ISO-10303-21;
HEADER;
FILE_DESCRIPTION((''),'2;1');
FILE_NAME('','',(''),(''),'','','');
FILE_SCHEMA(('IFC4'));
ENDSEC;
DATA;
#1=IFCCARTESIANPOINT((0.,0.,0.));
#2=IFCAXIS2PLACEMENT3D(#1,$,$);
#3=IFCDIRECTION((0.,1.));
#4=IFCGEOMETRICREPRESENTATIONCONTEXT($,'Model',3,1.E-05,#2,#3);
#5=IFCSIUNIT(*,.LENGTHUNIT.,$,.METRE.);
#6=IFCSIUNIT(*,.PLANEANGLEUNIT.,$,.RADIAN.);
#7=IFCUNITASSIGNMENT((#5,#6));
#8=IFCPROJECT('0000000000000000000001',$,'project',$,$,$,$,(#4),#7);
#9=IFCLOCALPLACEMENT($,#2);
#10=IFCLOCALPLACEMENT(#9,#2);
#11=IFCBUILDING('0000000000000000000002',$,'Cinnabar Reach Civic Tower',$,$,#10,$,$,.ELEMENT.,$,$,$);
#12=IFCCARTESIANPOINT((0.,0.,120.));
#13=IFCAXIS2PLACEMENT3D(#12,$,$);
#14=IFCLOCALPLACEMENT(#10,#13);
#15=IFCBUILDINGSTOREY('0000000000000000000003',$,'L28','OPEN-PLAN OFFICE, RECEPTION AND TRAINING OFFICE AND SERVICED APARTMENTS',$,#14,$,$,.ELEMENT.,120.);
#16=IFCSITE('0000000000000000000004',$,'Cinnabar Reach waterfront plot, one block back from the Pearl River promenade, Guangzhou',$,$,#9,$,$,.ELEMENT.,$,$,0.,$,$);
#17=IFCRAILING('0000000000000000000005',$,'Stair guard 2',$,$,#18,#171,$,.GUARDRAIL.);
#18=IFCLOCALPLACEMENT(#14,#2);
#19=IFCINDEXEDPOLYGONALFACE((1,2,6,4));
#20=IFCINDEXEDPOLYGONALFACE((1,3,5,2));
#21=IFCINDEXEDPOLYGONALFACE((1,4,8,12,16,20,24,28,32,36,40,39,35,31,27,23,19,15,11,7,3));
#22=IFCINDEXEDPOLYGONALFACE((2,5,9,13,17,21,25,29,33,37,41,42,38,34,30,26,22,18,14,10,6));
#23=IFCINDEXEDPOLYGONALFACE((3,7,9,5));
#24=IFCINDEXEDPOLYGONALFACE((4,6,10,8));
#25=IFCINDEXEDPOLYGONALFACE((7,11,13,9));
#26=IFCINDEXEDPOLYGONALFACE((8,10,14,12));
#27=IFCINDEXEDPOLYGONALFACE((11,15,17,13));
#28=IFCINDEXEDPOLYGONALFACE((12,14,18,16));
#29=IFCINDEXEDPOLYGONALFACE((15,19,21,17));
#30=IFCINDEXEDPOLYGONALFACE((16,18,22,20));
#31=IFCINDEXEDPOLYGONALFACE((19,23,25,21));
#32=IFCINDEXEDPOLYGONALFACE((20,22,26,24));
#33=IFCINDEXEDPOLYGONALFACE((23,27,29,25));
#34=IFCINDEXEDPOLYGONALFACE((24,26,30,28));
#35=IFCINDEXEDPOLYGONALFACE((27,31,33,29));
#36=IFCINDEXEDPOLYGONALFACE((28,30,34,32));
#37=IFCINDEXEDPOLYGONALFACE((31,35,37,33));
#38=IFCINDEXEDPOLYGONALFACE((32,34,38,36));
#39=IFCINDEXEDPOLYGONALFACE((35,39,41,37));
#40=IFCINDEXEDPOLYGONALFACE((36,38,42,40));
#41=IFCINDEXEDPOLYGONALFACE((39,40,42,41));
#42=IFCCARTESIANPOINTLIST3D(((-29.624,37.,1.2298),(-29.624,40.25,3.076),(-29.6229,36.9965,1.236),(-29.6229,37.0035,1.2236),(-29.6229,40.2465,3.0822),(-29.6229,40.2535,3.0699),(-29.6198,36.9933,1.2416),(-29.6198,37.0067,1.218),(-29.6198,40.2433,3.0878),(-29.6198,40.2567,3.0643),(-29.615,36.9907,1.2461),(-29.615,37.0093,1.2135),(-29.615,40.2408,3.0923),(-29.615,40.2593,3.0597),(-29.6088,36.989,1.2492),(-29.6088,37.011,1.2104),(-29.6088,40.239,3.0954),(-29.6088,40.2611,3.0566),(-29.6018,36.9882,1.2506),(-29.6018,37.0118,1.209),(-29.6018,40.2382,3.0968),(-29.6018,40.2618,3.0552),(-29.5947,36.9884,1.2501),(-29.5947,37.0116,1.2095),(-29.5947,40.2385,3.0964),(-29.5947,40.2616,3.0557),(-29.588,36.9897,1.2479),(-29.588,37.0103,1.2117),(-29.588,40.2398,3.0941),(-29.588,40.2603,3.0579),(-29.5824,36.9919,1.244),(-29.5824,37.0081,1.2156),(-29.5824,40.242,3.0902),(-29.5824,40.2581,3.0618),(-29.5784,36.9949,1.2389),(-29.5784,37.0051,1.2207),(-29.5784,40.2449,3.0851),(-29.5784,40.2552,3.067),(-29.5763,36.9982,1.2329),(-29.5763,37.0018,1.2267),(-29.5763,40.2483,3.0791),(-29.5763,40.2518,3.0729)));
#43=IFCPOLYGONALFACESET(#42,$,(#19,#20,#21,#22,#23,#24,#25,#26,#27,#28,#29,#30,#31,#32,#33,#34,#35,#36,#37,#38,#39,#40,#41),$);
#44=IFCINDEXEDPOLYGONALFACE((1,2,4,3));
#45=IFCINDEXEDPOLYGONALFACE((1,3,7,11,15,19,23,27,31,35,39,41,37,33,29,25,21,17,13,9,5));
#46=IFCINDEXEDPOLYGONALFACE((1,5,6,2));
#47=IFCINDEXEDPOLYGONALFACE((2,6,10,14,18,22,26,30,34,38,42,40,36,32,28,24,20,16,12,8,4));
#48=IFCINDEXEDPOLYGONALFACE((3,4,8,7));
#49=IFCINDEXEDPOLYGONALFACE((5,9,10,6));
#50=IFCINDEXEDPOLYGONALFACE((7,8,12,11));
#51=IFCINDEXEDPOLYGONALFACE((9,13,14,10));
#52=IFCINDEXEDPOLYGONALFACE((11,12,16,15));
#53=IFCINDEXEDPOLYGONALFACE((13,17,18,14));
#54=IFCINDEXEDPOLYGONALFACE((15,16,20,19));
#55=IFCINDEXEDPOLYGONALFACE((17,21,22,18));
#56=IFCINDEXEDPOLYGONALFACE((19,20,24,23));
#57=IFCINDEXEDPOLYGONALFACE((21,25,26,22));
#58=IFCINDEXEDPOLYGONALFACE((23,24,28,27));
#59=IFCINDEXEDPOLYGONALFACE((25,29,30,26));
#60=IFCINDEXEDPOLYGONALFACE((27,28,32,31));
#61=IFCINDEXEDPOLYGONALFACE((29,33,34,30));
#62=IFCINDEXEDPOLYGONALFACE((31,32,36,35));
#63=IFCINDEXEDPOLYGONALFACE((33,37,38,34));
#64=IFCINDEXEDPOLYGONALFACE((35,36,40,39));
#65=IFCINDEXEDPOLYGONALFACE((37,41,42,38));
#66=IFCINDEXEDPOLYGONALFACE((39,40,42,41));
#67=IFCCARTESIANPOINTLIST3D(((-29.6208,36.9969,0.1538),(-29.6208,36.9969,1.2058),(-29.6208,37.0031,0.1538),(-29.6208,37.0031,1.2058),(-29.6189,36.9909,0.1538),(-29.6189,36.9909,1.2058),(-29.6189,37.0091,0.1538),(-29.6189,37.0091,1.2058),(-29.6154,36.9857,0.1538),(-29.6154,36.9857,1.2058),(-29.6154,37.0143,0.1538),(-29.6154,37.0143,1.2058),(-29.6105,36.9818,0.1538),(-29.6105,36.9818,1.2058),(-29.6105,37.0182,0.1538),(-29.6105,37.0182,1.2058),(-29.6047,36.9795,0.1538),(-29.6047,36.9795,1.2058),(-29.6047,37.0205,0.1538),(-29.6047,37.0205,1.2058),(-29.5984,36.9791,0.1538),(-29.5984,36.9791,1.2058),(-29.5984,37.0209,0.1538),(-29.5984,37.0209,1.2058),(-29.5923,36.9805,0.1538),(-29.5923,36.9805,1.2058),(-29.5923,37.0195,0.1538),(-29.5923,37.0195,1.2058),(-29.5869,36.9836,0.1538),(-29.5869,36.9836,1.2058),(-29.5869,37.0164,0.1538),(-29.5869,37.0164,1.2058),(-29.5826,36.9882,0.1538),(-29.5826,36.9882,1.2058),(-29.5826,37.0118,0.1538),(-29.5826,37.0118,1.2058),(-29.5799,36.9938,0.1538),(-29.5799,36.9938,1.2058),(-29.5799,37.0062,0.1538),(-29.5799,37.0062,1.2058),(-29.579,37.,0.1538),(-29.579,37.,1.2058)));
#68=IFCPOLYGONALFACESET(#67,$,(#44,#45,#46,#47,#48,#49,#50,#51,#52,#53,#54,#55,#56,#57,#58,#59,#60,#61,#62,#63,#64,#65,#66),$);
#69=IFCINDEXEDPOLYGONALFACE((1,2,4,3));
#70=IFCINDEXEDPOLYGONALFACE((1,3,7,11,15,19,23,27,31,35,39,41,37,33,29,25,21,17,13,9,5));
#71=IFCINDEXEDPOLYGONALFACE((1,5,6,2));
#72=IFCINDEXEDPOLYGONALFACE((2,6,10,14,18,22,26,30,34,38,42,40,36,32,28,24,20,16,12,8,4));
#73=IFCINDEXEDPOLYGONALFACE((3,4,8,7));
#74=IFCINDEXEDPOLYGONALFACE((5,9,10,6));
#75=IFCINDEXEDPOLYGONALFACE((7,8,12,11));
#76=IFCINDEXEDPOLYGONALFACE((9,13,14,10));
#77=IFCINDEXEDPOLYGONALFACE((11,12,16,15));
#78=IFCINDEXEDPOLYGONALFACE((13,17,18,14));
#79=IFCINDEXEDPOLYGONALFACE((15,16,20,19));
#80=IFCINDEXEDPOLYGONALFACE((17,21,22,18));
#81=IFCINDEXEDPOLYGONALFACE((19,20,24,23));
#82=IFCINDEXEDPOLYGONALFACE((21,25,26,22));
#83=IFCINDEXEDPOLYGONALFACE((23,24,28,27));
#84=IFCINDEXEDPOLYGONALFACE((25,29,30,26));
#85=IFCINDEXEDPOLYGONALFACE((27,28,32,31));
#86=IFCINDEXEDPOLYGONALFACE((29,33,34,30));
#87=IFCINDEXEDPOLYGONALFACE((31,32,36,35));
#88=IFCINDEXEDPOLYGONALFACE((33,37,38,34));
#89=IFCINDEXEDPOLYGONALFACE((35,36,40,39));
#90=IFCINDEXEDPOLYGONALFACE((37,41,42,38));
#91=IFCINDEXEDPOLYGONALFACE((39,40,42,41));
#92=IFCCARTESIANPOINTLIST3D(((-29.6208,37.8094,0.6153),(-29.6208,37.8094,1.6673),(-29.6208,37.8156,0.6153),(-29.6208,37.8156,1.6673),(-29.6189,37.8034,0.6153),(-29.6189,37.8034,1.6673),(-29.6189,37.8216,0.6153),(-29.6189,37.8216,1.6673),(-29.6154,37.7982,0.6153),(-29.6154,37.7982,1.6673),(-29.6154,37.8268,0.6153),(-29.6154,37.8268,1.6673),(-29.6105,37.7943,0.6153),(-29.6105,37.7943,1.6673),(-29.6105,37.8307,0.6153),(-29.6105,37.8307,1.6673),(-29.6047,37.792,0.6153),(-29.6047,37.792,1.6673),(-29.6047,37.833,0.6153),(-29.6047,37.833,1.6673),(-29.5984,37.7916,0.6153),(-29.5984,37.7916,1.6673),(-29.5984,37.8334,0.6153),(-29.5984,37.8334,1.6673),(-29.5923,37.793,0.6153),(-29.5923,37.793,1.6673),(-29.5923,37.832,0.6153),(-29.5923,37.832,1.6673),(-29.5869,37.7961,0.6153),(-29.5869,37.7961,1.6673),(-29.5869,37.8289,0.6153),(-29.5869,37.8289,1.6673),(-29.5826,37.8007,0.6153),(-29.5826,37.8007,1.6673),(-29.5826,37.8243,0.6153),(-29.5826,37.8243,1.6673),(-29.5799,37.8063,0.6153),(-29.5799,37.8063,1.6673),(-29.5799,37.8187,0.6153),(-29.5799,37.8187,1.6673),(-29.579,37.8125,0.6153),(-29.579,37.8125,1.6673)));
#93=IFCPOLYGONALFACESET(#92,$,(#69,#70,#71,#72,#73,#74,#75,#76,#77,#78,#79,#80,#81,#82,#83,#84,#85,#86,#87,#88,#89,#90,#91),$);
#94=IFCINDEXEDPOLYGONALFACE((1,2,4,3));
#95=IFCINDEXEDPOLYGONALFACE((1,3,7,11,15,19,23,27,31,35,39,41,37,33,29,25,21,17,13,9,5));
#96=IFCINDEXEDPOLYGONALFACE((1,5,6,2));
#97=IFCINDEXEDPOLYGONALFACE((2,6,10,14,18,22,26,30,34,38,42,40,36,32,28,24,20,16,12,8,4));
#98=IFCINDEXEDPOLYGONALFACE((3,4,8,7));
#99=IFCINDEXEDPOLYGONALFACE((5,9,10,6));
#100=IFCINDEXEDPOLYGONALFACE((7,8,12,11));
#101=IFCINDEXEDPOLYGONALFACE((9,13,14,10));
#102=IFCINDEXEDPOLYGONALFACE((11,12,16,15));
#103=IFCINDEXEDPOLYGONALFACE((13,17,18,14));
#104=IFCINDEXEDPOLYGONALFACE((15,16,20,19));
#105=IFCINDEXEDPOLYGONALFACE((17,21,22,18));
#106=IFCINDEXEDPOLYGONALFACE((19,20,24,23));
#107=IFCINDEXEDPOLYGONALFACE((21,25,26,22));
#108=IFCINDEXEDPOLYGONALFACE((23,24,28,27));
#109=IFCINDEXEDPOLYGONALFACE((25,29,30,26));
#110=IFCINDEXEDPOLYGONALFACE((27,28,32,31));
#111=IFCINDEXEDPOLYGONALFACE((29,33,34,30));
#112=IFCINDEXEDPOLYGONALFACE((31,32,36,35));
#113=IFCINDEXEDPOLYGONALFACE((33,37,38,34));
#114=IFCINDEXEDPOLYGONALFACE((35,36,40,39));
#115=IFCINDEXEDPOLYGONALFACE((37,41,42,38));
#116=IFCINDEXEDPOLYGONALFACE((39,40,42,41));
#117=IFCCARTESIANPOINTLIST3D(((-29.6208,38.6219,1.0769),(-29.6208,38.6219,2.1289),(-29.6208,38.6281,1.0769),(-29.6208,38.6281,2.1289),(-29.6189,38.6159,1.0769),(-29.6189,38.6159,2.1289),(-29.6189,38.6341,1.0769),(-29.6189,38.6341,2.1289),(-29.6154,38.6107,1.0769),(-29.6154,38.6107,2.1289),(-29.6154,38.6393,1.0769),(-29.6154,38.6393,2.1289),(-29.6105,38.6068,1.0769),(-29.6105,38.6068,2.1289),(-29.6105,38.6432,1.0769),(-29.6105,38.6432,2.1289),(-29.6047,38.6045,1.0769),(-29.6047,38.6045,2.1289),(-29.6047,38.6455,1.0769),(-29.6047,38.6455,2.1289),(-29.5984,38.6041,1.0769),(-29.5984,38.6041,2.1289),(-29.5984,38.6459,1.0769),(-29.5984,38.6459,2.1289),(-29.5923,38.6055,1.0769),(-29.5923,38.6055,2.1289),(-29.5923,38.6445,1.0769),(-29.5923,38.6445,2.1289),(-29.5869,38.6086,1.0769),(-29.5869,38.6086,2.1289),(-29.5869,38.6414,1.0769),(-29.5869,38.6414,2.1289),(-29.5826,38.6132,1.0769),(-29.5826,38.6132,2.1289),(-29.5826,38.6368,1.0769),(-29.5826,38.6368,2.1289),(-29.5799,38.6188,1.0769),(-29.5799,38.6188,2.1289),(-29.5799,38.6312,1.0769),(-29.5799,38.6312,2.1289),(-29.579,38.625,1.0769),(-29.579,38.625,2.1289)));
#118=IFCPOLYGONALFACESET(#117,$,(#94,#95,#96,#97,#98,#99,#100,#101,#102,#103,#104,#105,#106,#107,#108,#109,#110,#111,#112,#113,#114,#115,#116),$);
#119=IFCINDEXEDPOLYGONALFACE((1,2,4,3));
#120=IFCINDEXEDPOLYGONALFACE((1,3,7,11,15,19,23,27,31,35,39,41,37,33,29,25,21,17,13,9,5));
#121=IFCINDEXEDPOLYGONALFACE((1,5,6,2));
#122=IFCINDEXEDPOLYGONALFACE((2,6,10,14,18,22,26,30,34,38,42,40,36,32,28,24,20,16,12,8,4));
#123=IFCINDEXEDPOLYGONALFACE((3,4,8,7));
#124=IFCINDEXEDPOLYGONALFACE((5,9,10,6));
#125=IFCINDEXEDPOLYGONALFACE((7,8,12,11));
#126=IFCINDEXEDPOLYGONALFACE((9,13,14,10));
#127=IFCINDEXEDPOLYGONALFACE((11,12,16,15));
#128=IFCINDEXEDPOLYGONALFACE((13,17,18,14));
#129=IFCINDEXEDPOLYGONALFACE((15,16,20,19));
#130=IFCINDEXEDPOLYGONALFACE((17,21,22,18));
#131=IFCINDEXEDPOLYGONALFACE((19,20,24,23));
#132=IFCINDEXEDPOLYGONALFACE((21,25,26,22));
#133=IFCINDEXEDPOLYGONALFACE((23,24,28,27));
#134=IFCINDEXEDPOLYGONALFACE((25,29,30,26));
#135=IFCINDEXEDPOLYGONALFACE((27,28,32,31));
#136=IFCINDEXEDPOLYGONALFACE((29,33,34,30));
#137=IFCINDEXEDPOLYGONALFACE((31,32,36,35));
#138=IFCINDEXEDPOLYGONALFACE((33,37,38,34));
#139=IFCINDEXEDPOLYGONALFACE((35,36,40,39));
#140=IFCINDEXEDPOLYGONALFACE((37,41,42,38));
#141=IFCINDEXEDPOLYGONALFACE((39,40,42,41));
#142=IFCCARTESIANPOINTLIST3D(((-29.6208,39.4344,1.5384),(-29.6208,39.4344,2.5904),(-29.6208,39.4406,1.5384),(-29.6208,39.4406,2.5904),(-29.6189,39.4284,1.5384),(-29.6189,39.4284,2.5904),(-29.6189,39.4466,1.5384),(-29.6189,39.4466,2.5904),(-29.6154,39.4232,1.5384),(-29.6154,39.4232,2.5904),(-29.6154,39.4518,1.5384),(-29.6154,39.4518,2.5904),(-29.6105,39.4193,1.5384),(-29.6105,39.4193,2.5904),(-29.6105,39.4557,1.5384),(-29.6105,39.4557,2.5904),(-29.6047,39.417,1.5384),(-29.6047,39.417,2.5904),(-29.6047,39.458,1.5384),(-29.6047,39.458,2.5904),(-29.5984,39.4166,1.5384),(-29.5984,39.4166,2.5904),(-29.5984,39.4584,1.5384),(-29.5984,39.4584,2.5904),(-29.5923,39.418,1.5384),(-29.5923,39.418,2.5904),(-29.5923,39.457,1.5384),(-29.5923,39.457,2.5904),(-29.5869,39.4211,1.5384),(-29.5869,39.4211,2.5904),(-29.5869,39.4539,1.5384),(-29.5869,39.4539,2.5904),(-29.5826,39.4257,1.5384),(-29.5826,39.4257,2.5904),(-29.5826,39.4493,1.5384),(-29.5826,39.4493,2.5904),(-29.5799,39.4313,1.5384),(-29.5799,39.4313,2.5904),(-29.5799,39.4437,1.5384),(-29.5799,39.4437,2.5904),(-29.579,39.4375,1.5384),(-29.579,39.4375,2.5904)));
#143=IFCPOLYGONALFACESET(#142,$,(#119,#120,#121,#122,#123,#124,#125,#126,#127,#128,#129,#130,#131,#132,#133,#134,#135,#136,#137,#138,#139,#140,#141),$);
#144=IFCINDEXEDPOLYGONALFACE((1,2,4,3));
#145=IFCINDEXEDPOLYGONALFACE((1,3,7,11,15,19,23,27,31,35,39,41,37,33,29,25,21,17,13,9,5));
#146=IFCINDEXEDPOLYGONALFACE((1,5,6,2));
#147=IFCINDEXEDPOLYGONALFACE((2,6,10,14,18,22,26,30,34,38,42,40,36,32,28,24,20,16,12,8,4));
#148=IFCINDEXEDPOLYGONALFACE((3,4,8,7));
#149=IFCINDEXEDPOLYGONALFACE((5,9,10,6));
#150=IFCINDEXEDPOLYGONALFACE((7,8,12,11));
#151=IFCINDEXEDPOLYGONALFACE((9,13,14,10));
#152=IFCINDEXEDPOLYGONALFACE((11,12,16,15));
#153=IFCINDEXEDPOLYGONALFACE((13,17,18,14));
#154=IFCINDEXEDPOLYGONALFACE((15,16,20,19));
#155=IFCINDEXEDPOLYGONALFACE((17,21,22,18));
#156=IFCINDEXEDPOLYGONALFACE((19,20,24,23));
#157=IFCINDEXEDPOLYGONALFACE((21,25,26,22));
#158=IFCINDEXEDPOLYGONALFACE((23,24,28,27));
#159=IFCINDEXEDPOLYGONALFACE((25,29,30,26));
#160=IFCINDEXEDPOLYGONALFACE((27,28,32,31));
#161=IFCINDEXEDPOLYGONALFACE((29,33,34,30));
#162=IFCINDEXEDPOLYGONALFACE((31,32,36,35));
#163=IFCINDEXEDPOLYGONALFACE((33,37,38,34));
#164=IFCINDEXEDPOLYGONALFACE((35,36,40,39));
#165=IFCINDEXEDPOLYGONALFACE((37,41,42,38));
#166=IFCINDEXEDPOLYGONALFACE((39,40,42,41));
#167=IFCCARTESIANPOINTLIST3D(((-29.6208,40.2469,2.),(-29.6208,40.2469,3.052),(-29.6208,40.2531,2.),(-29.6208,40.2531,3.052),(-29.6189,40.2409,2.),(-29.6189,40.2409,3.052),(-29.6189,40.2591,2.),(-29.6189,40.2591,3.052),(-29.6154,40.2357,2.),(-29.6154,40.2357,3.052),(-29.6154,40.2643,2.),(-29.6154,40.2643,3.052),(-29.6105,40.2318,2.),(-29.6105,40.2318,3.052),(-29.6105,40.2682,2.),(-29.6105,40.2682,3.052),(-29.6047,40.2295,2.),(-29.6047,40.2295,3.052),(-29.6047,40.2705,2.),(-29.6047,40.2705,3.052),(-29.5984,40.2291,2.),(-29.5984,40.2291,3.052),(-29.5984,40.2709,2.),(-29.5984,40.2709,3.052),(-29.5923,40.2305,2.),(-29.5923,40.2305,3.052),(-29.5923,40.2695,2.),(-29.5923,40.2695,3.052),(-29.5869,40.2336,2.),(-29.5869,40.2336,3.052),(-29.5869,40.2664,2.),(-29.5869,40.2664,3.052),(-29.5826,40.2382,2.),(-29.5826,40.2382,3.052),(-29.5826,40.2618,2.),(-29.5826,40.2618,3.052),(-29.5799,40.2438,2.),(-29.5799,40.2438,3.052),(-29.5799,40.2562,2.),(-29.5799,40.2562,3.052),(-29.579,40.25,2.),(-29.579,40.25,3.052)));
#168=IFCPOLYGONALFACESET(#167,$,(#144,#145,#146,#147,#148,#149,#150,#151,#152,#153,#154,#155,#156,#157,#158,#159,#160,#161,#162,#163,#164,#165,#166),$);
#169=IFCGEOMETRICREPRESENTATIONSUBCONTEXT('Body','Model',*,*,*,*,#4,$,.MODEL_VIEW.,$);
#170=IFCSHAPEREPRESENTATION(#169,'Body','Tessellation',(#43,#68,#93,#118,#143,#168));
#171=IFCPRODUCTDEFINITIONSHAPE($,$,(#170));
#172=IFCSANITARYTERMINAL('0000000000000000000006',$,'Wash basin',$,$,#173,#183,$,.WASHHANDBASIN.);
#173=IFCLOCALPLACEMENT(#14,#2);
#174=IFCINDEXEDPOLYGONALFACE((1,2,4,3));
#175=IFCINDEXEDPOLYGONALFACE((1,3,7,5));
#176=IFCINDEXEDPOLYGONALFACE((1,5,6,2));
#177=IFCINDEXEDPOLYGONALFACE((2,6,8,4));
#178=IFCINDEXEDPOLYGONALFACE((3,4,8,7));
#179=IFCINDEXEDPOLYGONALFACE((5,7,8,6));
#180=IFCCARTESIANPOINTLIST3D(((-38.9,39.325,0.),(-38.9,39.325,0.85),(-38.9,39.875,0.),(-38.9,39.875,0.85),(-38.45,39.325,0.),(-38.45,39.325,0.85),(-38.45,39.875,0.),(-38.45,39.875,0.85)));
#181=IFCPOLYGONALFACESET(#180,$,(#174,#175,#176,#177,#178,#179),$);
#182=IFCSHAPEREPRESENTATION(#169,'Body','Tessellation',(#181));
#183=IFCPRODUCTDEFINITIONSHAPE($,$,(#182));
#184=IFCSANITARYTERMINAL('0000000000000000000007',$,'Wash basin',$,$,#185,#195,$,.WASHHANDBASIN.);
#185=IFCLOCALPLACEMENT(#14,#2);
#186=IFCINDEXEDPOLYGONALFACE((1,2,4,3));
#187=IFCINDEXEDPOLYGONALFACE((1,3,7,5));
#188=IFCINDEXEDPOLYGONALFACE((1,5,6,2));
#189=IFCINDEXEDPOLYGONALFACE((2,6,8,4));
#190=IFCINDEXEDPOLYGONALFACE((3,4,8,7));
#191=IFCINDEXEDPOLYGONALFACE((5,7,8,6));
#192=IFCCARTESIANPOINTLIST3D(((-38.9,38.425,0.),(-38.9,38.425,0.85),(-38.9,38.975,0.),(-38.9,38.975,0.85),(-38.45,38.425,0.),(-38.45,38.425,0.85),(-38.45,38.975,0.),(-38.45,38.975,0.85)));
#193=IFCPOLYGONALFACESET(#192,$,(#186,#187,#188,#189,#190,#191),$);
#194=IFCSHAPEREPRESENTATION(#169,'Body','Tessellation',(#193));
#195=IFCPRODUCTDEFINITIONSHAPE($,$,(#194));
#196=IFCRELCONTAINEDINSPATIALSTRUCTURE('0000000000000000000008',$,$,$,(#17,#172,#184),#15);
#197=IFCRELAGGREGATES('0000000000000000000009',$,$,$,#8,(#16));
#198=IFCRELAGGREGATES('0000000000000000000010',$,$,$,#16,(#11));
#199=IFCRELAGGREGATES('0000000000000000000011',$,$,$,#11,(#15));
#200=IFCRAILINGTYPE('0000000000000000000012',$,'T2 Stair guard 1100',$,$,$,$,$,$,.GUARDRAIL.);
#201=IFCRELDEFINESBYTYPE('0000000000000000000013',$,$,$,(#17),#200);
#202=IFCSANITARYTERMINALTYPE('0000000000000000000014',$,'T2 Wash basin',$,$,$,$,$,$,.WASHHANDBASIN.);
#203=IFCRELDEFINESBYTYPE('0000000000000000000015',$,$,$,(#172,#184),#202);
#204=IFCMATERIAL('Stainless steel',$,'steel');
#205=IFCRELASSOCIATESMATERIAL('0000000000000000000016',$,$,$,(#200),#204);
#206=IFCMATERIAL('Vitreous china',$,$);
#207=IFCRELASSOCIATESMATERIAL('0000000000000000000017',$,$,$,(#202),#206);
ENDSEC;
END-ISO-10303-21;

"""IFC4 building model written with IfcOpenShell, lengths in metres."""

from ifc_helpers import new_model, si_unit, direction, frame, origin, origin_2d, place, context, subcontext, project, spatial, rectangle, circle, extrude, material, type_object, element, save


model = new_model("IFC4")

# Units and contexts
model_context = context("Model", 3, precision=1e-05, world=origin(), true_north=direction((0.0, 1.0)))
body_context = subcontext(model_context, "Body", "Model", "MODEL_VIEW")
ifc_project = project(units=[si_unit("LENGTHUNIT", "METRE"), si_unit("PLANEANGLEUNIT", "RADIAN")], contexts=[model_context])

# Site, building, storey
site_placement = place(None, origin())
site = spatial("IfcSite", under=ifc_project, at=site_placement, Name="Cinnabar Reach waterfront plot, one block back from the Pearl River promenade, Guangzhou", CompositionType="ELEMENT", RefElevation=0.0)
building_placement = place(site_placement, origin())
building = spatial("IfcBuilding", under=site, at=building_placement, Name="Cinnabar Reach Civic Tower", CompositionType="ELEMENT")
storey_placement = place(building_placement, frame((0.0, 0.0, 120.0)))
storey = spatial("IfcBuildingStorey", under=building, at=storey_placement, Name="L28", Description="OPEN-PLAN OFFICE, RECEPTION AND TRAINING OFFICE AND SERVICED APARTMENTS", CompositionType="ELEMENT", Elevation=120.0)

# Railing
ifc_material_1 = material(Name="Stainless steel", Category="steel")
railing_type = type_object("IfcRailingType", Name="T2 Stair guard 1100", PredefinedType="GUARDRAIL", material=ifc_material_1)
railing_placement = place(storey_placement, frame((-29.6, 37.0, 0.1538)))
element("IfcRailing", 1, at=railing_placement, inside=storey, type_object=railing_type, Name="Stair guard 2", PredefinedType="GUARDRAIL", context=body_context, shape_type="SweptSolid", body=[
    extrude(circle(Radius=0.024, at=origin_2d()), frame((0.0, 0.0, 1.076), z_axis=(0.0, 0.869501, 0.49393), x_axis=(-1.0, 0.0, 0.0)), (0.0, 0.0, 1.0), 3.7378),
    extrude(circle(Radius=0.021, at=origin_2d()), origin(), (0.0, 0.0, 1.0), 1.052),
    extrude(circle(Radius=0.021, at=origin_2d()), frame((0.0, 0.8125, 0.4615)), (0.0, 0.0, 1.0), 1.052),
    extrude(circle(Radius=0.021, at=origin_2d()), frame((0.0, 1.625, 0.9231)), (0.0, 0.0, 1.0), 1.052),
    extrude(circle(Radius=0.021, at=origin_2d()), frame((0.0, 2.4375, 1.3846)), (0.0, 0.0, 1.0), 1.052),
    extrude(circle(Radius=0.021, at=origin_2d()), frame((0.0, 3.25, 1.8462)), (0.0, 0.0, 1.0), 1.052),
])

# Sanitary terminals
ifc_material_2 = material(Name="Vitreous china")
sanitary_terminal_type = type_object("IfcSanitaryTerminalType", Name="T2 Wash basin", PredefinedType="WASHHANDBASIN", material=ifc_material_2)
for number, where, z_axis, x_axis, name in (
    (2, (-38.675, 39.6, 0.0), (0.0, 0.0, 1.0), (1.0, 0.0, 0.0), "Wash basin"),
    (3, (-38.675, 38.7, 0.0), (0.0, 0.0, 1.0), (1.0, 0.0, 0.0), "Wash basin"),
):
    element("IfcSanitaryTerminal", number, at=place(storey_placement, frame(where, z_axis=z_axis, x_axis=x_axis)), inside=storey, type_object=sanitary_terminal_type, Name=name, PredefinedType="WASHHANDBASIN", context=body_context, shape_type="SweptSolid", body=[
        extrude(rectangle(XDim=0.45, YDim=0.55, at=origin_2d()), origin(), (0.0, 0.0, 1.0), 0.85),
    ])

save(model, "model.ifc")
